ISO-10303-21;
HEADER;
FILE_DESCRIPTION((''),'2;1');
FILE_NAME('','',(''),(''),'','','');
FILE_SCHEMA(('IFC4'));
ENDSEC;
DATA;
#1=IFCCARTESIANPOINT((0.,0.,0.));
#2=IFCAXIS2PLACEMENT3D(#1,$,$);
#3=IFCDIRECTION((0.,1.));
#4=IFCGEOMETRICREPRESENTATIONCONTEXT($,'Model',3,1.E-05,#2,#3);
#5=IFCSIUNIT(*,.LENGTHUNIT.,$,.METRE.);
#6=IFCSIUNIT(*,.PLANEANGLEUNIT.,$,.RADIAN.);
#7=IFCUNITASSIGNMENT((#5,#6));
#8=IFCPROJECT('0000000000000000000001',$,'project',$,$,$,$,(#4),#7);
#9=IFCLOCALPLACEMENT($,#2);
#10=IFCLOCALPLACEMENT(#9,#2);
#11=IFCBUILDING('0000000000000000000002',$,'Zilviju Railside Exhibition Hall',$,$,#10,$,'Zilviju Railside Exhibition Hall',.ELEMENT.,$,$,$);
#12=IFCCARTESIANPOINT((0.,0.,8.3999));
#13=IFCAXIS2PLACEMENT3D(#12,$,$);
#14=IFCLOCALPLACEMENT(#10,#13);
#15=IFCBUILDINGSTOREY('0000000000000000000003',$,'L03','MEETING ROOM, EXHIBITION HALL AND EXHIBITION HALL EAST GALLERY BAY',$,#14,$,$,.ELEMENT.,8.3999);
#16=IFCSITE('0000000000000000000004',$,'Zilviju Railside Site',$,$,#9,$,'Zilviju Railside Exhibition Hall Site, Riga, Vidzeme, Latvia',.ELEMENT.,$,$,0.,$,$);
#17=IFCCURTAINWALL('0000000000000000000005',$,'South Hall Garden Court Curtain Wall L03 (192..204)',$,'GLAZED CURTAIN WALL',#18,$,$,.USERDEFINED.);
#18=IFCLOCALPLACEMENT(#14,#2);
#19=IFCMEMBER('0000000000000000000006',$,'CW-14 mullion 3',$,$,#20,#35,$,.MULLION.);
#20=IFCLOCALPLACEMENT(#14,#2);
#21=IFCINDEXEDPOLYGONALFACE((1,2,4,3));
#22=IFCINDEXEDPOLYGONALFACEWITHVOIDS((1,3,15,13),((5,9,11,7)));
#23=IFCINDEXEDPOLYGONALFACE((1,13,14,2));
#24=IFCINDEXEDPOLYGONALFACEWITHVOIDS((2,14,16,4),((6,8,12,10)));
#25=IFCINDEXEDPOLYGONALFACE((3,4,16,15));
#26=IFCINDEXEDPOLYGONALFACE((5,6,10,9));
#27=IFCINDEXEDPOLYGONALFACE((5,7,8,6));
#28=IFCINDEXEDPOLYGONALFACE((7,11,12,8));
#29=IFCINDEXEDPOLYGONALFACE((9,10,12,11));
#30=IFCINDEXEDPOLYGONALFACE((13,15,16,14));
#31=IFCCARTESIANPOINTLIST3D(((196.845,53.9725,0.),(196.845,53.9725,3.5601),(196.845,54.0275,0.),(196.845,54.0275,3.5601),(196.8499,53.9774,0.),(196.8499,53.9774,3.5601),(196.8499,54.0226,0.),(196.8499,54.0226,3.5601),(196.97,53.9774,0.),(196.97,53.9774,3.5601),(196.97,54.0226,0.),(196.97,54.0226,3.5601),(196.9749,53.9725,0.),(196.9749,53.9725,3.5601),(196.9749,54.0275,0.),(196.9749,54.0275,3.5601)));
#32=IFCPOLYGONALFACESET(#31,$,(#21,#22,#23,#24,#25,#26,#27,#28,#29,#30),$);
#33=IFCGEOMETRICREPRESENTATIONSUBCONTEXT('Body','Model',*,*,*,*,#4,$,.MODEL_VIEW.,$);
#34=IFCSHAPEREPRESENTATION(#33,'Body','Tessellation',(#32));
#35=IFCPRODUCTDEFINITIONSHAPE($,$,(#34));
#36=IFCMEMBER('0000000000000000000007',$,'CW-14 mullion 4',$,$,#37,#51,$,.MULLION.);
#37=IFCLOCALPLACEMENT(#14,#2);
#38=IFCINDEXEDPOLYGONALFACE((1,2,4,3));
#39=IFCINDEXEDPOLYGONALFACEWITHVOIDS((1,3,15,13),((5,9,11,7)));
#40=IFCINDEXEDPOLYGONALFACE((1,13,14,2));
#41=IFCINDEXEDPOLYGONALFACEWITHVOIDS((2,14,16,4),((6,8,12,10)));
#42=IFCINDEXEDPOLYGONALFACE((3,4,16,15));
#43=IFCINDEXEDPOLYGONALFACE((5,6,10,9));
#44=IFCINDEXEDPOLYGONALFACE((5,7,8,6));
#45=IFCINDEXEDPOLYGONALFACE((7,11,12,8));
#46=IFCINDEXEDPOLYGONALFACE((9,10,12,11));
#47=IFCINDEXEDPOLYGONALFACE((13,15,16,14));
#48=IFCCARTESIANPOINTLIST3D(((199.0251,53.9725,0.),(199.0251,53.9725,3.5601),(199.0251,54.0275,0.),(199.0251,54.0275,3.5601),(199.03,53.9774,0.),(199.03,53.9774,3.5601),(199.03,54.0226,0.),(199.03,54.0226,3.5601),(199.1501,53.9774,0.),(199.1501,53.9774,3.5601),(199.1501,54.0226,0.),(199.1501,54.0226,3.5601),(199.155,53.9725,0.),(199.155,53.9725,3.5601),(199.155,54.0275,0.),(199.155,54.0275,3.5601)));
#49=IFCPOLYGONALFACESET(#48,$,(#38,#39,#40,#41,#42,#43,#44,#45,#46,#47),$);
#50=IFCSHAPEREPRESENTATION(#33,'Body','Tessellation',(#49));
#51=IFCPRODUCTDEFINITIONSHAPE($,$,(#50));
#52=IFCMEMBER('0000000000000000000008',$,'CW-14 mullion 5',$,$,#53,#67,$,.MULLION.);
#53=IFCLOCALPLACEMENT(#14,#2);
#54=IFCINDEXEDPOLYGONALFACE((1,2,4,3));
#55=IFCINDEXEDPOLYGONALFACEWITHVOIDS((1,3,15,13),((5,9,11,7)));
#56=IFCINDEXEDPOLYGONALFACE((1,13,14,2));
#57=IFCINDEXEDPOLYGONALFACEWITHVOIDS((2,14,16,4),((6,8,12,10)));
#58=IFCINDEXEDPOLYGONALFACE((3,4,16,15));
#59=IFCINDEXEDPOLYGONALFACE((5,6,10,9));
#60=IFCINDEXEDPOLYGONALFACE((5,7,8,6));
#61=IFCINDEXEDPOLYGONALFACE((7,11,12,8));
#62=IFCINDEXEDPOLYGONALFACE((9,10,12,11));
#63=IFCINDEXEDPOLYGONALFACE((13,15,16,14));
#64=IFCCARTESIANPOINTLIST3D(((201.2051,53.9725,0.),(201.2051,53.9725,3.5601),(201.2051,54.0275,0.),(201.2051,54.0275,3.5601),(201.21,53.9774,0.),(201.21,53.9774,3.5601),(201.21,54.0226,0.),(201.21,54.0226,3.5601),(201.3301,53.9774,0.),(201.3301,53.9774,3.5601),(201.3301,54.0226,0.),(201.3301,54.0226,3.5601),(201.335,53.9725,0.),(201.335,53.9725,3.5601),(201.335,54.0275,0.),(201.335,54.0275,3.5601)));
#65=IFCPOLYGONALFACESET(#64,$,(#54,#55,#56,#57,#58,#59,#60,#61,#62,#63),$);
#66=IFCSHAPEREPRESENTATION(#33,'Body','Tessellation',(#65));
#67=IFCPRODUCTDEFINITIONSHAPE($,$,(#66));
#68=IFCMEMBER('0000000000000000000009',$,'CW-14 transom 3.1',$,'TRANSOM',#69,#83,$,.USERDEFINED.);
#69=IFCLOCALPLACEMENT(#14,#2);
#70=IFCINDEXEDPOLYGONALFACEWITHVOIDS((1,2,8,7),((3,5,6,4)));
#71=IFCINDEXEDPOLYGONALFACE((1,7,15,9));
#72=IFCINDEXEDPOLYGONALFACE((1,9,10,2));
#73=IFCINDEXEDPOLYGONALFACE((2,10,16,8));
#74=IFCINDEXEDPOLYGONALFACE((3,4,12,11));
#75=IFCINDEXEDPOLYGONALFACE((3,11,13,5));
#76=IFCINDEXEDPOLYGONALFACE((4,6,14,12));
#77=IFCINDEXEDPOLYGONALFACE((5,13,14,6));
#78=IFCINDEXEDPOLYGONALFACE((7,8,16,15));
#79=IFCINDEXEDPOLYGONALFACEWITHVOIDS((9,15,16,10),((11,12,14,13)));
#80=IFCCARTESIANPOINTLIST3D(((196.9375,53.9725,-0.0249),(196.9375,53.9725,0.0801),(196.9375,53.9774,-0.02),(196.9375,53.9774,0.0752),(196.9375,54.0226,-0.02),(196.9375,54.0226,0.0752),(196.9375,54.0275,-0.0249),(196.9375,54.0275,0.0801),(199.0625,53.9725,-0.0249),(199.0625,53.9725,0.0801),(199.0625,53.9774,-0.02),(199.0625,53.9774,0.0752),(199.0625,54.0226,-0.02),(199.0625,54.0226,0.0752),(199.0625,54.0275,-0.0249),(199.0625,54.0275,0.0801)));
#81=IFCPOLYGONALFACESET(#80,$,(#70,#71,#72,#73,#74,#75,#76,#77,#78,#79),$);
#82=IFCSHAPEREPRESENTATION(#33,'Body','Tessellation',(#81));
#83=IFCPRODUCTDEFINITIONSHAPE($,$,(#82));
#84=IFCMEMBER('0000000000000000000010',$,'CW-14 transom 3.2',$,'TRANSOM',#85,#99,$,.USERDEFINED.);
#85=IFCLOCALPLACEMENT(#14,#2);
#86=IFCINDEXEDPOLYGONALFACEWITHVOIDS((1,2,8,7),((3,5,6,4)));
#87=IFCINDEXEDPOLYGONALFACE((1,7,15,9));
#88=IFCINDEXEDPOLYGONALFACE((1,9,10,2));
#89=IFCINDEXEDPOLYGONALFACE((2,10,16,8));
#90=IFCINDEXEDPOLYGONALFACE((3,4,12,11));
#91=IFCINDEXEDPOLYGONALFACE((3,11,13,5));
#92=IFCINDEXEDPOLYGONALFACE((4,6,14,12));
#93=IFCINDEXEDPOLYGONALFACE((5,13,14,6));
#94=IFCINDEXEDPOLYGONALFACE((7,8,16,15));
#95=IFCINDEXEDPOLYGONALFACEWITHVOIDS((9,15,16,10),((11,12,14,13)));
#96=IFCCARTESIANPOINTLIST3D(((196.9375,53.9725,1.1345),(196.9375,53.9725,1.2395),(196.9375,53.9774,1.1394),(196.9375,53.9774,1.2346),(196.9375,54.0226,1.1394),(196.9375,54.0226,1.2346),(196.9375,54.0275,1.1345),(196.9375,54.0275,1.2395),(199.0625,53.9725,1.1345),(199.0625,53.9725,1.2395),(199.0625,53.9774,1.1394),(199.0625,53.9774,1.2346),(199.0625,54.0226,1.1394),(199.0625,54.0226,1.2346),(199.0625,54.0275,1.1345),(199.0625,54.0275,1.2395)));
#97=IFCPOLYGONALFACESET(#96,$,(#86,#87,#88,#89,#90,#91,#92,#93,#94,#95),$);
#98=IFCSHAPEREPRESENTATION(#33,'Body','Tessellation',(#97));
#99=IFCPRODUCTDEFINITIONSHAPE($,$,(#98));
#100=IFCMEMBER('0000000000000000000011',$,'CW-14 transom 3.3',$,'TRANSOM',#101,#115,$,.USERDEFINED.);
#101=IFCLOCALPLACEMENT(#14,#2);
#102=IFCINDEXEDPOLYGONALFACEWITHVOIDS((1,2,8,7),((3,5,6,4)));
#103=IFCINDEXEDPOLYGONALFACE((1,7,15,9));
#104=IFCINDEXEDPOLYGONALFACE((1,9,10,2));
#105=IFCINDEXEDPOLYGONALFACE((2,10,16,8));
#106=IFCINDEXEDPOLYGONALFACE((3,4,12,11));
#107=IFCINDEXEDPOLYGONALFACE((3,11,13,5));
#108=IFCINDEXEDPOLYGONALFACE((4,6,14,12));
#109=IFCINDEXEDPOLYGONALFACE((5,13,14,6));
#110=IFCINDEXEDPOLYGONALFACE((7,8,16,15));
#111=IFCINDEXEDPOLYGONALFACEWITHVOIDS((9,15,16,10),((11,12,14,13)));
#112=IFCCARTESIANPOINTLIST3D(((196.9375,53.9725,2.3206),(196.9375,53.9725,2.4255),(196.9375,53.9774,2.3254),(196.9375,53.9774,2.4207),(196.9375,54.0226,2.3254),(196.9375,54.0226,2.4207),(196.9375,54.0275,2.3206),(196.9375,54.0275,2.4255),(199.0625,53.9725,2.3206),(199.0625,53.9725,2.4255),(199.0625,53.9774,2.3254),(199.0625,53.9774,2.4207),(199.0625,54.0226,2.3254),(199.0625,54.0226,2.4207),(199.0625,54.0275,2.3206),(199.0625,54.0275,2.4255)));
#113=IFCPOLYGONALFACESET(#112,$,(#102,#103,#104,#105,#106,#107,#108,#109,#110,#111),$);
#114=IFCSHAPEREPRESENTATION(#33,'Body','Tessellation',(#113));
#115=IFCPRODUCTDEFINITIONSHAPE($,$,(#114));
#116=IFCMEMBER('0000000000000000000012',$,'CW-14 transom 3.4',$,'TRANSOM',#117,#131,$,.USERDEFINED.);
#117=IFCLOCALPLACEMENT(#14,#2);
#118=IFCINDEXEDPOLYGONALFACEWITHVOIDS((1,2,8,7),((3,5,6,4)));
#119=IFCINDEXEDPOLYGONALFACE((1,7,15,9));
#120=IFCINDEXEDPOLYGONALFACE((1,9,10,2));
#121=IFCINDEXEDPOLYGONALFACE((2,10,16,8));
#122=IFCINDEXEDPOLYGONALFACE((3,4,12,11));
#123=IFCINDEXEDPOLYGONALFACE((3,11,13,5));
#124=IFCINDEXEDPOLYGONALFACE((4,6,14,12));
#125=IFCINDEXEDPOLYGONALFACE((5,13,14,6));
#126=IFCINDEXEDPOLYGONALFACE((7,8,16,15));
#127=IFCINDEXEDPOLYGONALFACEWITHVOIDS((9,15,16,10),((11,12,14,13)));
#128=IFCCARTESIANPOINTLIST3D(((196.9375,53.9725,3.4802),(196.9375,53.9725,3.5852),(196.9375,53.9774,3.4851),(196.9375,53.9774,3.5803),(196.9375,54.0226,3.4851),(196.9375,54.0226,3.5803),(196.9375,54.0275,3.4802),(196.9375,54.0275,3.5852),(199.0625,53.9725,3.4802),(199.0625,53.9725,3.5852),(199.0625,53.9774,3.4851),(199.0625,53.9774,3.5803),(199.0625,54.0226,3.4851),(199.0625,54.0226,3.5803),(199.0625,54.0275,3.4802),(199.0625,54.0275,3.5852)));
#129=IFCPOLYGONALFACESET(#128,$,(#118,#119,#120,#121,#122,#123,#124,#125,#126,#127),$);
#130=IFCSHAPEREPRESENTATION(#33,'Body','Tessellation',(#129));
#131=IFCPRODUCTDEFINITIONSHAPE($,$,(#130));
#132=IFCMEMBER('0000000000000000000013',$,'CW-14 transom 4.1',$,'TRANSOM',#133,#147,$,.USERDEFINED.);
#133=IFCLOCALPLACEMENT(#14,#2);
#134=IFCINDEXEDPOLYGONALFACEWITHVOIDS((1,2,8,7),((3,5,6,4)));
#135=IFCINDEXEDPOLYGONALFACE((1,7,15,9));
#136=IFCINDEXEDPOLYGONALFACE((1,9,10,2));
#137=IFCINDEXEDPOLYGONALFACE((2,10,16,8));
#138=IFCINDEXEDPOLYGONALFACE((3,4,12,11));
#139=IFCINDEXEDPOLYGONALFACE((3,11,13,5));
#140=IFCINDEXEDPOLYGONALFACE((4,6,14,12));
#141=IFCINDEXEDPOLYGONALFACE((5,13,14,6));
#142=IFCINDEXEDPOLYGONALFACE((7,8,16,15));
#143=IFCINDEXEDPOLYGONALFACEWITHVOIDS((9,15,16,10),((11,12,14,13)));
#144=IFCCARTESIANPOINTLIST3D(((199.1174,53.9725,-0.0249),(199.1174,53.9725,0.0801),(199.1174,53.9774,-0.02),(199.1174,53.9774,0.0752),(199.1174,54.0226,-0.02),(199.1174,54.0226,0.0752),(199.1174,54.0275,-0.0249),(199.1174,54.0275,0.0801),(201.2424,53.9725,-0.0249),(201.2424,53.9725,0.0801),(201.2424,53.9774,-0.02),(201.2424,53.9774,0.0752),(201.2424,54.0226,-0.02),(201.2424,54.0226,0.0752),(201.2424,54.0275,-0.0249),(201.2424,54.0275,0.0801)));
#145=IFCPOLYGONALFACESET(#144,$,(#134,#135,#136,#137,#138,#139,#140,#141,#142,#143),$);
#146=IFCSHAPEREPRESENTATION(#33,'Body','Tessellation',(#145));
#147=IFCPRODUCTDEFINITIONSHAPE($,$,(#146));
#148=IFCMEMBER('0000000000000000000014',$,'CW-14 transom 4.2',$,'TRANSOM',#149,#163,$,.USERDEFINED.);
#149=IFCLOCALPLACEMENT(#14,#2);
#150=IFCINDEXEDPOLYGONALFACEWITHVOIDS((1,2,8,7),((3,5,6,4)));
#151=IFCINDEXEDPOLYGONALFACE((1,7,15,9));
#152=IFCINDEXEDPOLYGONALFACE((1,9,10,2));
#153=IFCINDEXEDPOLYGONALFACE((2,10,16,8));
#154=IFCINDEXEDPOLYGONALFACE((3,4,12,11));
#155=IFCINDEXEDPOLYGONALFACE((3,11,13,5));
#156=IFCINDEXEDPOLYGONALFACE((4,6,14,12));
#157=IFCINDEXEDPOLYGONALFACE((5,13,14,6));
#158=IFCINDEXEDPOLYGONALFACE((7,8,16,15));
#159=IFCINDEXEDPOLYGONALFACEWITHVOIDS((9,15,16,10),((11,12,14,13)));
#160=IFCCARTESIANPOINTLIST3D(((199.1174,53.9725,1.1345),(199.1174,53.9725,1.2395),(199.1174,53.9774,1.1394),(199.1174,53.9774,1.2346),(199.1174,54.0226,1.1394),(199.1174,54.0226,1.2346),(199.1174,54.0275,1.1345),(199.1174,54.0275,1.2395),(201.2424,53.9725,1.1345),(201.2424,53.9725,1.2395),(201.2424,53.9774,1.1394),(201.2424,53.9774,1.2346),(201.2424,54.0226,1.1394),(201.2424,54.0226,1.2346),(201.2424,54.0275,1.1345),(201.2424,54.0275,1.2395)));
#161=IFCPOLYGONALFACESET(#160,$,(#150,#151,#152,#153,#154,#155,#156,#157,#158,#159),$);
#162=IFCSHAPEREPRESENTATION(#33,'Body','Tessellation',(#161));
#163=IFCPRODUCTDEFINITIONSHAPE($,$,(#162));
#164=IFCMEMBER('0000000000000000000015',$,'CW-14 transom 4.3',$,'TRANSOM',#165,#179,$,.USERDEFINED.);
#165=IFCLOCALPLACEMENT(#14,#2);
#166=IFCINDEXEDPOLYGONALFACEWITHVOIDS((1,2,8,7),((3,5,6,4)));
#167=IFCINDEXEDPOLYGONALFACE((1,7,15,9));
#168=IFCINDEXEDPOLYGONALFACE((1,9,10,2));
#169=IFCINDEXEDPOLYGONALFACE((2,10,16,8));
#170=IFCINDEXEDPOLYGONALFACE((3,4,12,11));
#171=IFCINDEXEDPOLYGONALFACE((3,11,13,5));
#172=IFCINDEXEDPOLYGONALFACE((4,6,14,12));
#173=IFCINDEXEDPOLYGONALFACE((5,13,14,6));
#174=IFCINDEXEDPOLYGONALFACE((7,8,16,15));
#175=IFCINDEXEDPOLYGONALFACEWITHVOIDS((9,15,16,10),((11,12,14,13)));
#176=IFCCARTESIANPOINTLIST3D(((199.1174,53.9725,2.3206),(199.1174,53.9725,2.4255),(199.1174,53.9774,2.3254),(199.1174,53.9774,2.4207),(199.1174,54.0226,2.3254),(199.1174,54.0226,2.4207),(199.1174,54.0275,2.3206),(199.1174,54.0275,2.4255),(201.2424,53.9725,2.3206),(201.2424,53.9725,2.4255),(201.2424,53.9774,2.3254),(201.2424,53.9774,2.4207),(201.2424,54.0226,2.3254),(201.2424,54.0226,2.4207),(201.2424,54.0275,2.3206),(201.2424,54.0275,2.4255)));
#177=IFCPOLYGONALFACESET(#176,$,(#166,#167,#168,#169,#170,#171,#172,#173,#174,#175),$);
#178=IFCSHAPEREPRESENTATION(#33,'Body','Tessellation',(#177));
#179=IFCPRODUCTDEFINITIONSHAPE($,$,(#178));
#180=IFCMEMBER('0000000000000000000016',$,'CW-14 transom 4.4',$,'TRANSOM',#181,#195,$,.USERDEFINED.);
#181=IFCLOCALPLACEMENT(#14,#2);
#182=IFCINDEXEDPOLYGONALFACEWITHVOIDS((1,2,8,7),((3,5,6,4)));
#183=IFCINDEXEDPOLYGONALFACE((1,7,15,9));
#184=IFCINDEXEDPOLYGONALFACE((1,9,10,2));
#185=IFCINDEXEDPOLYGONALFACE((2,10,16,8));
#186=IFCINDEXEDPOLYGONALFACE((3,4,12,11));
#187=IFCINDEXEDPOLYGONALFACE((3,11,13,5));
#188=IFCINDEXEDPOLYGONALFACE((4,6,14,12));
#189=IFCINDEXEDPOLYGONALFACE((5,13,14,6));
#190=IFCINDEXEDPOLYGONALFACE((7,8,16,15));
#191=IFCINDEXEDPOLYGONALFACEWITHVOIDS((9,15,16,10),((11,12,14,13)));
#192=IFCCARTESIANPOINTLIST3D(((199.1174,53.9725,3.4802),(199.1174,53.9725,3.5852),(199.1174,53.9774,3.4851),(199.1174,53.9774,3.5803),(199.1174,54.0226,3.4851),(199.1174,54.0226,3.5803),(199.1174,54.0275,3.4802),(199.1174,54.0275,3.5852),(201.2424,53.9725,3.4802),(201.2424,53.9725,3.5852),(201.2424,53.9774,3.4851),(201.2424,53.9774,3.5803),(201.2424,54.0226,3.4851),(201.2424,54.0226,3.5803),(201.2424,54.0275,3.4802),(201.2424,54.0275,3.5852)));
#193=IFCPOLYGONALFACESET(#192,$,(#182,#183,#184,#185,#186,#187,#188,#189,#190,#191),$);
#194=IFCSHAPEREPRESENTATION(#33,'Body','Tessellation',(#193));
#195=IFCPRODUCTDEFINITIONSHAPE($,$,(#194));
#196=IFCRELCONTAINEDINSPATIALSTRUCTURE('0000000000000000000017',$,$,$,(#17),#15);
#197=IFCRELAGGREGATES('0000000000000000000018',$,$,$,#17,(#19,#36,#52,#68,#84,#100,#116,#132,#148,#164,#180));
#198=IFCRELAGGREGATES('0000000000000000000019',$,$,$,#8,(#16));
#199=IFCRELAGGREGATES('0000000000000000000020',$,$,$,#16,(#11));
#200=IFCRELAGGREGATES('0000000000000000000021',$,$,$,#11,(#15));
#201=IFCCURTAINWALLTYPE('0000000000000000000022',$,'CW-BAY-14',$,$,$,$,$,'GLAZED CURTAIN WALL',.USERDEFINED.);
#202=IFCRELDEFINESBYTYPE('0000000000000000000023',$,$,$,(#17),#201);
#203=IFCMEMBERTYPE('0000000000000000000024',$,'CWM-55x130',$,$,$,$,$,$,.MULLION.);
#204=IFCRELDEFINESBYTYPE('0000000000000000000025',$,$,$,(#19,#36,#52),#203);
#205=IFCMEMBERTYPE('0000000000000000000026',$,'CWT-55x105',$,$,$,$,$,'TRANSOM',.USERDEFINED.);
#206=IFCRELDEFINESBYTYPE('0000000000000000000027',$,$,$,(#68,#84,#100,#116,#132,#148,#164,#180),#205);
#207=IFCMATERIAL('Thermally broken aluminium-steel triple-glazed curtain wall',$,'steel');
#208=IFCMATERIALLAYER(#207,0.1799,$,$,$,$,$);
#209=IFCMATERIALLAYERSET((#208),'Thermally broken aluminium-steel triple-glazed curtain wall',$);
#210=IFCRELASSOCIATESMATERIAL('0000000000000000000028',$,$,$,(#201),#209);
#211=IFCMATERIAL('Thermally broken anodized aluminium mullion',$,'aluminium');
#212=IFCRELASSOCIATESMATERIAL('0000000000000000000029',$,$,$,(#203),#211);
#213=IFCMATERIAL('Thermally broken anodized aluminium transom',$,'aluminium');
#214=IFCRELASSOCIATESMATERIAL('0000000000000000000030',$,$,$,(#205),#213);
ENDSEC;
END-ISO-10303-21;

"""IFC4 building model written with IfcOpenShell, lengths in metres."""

from ifc_helpers import new_model, si_unit, direction, frame, origin, origin_2d, place, context, subcontext, project, spatial, hollow_rectangle, extrude, material, layer, layer_set, material_profile, profile_set, type_object, element, aggregate, save


model = new_model("IFC4")

# Units and contexts
model_context = context("Model", 3, precision=1e-05, world=origin(), true_north=direction((0.0, 1.0)))
body_context = subcontext(model_context, "Body", "Model", "MODEL_VIEW")
ifc_project = project(units=[si_unit("LENGTHUNIT", "METRE"), si_unit("PLANEANGLEUNIT", "RADIAN")], contexts=[model_context])

# Site, building, storey
site_placement = place(None, origin())
site = spatial("IfcSite", under=ifc_project, at=site_placement, Name="Zilviju Railside Site", LongName="Zilviju Railside Exhibition Hall Site, Riga, Vidzeme, Latvia", CompositionType="ELEMENT", RefElevation=0.0)
building_placement = place(site_placement, origin())
building = spatial("IfcBuilding", under=site, at=building_placement, Name="Zilviju Railside Exhibition Hall", LongName="Zilviju Railside Exhibition Hall", CompositionType="ELEMENT")
storey_placement = place(building_placement, frame((0.0, 0.0, 8.3999)))
storey = spatial("IfcBuildingStorey", under=building, at=storey_placement, Name="L03", Description="MEETING ROOM, EXHIBITION HALL AND EXHIBITION HALL EAST GALLERY BAY", CompositionType="ELEMENT", Elevation=8.3999)

# Curtain wall, members
ifc_material_1 = material(Name="Thermally broken aluminium-steel triple-glazed curtain wall", Category="steel")
ifc_layer_1 = layer(ifc_material_1, 0.1799)
ifc_layer_set_1 = layer_set([ifc_layer_1], Name="Thermally broken aluminium-steel triple-glazed curtain wall")
curtain_wall_type = type_object("IfcCurtainWallType", Name="CW-BAY-14", ElementType="GLAZED CURTAIN WALL", PredefinedType="USERDEFINED", material=ifc_layer_set_1)
curtain_wall_placement = place(storey_placement, origin())
curtain_wall = element("IfcCurtainWall", 1, at=curtain_wall_placement, inside=storey, type_object=curtain_wall_type, Name="South Hall Garden Court Curtain Wall L03 (192..204)", ObjectType="GLAZED CURTAIN WALL", PredefinedType="USERDEFINED")
ifc_material_2 = material(Name="Thermally broken anodized aluminium mullion", Category="aluminium")
ifc_material_profile_1 = material_profile(ifc_material_2, hollow_rectangle(XDim=0.0549, YDim=0.1299, WallThickness=0.0049, at=origin_2d()), Name="MULLION 130x55x5")
ifc_profile_set_1 = profile_set([ifc_material_profile_1], Name="Thermally broken anodized aluminium mullion")
member_type_1 = type_object("IfcMemberType", Name="CWM-55x130", PredefinedType="MULLION", material=ifc_profile_set_1)
member_1_placement = place(storey_placement, frame((196.9099, 54.0, 0.0), z_axis=(0.0, 0.0, 1.0), x_axis=(0.0, 1.0, 0.0)))
member_1 = element("IfcMember", 2, at=member_1_placement, type_object=member_type_1, Name="CW-14 mullion 3", PredefinedType="MULLION", context=body_context, shape_type="SweptSolid", body=[
    extrude(hollow_rectangle(XDim=0.0549, YDim=0.1299, WallThickness=0.0049, at=origin_2d()), origin(), (0.0, 0.0, 1.0), 3.5601),
])
member_2_placement = place(storey_placement, frame((199.0901, 54.0, 0.0), z_axis=(0.0, 0.0, 1.0), x_axis=(0.0, 1.0, 0.0)))
member_2 = element("IfcMember", 3, at=member_2_placement, type_object=member_type_1, Name="CW-14 mullion 4", PredefinedType="MULLION", context=body_context, shape_type="SweptSolid", body=[
    extrude(hollow_rectangle(XDim=0.0549, YDim=0.1299, WallThickness=0.0049, at=origin_2d()), origin(), (0.0, 0.0, 1.0), 3.5601),
])
member_3_placement = place(storey_placement, frame((201.27, 54.0, 0.0), z_axis=(0.0, 0.0, 1.0), x_axis=(0.0, 1.0, 0.0)))
member_3 = element("IfcMember", 4, at=member_3_placement, type_object=member_type_1, Name="CW-14 mullion 5", PredefinedType="MULLION", context=body_context, shape_type="SweptSolid", body=[
    extrude(hollow_rectangle(XDim=0.0549, YDim=0.1299, WallThickness=0.0049, at=origin_2d()), origin(), (0.0, 0.0, 1.0), 3.5601),
])
ifc_material_3 = material(Name="Thermally broken anodized aluminium transom", Category="aluminium")
ifc_material_profile_2 = material_profile(ifc_material_3, hollow_rectangle(XDim=0.0549, YDim=0.105, WallThickness=0.0049, at=origin_2d()), Name="TRANSOM 105x55x5")
ifc_profile_set_2 = profile_set([ifc_material_profile_2], Name="Thermally broken anodized aluminium transom")
member_type_2 = type_object("IfcMemberType", Name="CWT-55x105", ElementType="TRANSOM", PredefinedType="USERDEFINED", material=ifc_profile_set_2)
member_4_placement = place(storey_placement, frame((196.9375, 54.0, 0.0276), z_axis=(1.0, 0.0, 0.0), x_axis=(0.0, 1.0, 0.0)))
member_4 = element("IfcMember", 5, at=member_4_placement, type_object=member_type_2, Name="CW-14 transom 3.1", ObjectType="TRANSOM", PredefinedType="USERDEFINED", context=body_context, shape_type="SweptSolid", body=[
    extrude(hollow_rectangle(XDim=0.0549, YDim=0.105, WallThickness=0.0049, at=origin_2d()), origin(), (0.0, 0.0, 1.0), 2.125),
])
member_5_placement = place(storey_placement, frame((196.9375, 54.0, 1.187), z_axis=(1.0, 0.0, 0.0), x_axis=(0.0, 1.0, 0.0)))
member_5 = element("IfcMember", 6, at=member_5_placement, type_object=member_type_2, Name="CW-14 transom 3.2", ObjectType="TRANSOM", PredefinedType="USERDEFINED", context=body_context, shape_type="SweptSolid", body=[
    extrude(hollow_rectangle(XDim=0.0549, YDim=0.105, WallThickness=0.0049, at=origin_2d()), origin(), (0.0, 0.0, 1.0), 2.125),
])
member_6_placement = place(storey_placement, frame((196.9375, 54.0, 2.373), z_axis=(1.0, 0.0, 0.0), x_axis=(0.0, 1.0, 0.0)))
member_6 = element("IfcMember", 7, at=member_6_placement, type_object=member_type_2, Name="CW-14 transom 3.3", ObjectType="TRANSOM", PredefinedType="USERDEFINED", context=body_context, shape_type="SweptSolid", body=[
    extrude(hollow_rectangle(XDim=0.0549, YDim=0.105, WallThickness=0.0049, at=origin_2d()), origin(), (0.0, 0.0, 1.0), 2.125),
])
member_7_placement = place(storey_placement, frame((196.9375, 54.0, 3.5327), z_axis=(1.0, 0.0, 0.0), x_axis=(0.0, 1.0, 0.0)))
member_7 = element("IfcMember", 8, at=member_7_placement, type_object=member_type_2, Name="CW-14 transom 3.4", ObjectType="TRANSOM", PredefinedType="USERDEFINED", context=body_context, shape_type="SweptSolid", body=[
    extrude(hollow_rectangle(XDim=0.0549, YDim=0.105, WallThickness=0.0049, at=origin_2d()), origin(), (0.0, 0.0, 1.0), 2.125),
])
member_8_placement = place(storey_placement, frame((199.1174, 54.0, 0.0276), z_axis=(1.0, 0.0, 0.0), x_axis=(0.0, 1.0, 0.0)))
member_8 = element("IfcMember", 9, at=member_8_placement, type_object=member_type_2, Name="CW-14 transom 4.1", ObjectType="TRANSOM", PredefinedType="USERDEFINED", context=body_context, shape_type="SweptSolid", body=[
    extrude(hollow_rectangle(XDim=0.0549, YDim=0.105, WallThickness=0.0049, at=origin_2d()), origin(), (0.0, 0.0, 1.0), 2.125),
])
member_9_placement = place(storey_placement, frame((199.1174, 54.0, 1.187), z_axis=(1.0, 0.0, 0.0), x_axis=(0.0, 1.0, 0.0)))
member_9 = element("IfcMember", 10, at=member_9_placement, type_object=member_type_2, Name="CW-14 transom 4.2", ObjectType="TRANSOM", PredefinedType="USERDEFINED", context=body_context, shape_type="SweptSolid", body=[
    extrude(hollow_rectangle(XDim=0.0549, YDim=0.105, WallThickness=0.0049, at=origin_2d()), origin(), (0.0, 0.0, 1.0), 2.125),
])
member_10_placement = place(storey_placement, frame((199.1174, 54.0, 2.373), z_axis=(1.0, 0.0, 0.0), x_axis=(0.0, 1.0, 0.0)))
member_10 = element("IfcMember", 11, at=member_10_placement, type_object=member_type_2, Name="CW-14 transom 4.3", ObjectType="TRANSOM", PredefinedType="USERDEFINED", context=body_context, shape_type="SweptSolid", body=[
    extrude(hollow_rectangle(XDim=0.0549, YDim=0.105, WallThickness=0.0049, at=origin_2d()), origin(), (0.0, 0.0, 1.0), 2.125),
])
member_11_placement = place(storey_placement, frame((199.1174, 54.0, 3.5327), z_axis=(1.0, 0.0, 0.0), x_axis=(0.0, 1.0, 0.0)))
member_11 = element("IfcMember", 12, at=member_11_placement, type_object=member_type_2, Name="CW-14 transom 4.4", ObjectType="TRANSOM", PredefinedType="USERDEFINED", context=body_context, shape_type="SweptSolid", body=[
    extrude(hollow_rectangle(XDim=0.0549, YDim=0.105, WallThickness=0.0049, at=origin_2d()), origin(), (0.0, 0.0, 1.0), 2.125),
])
aggregate(curtain_wall, [member_1, member_2, member_3, member_4, member_5, member_6, member_7, member_8, member_9, member_10, member_11])

save(model, "model.ifc")
